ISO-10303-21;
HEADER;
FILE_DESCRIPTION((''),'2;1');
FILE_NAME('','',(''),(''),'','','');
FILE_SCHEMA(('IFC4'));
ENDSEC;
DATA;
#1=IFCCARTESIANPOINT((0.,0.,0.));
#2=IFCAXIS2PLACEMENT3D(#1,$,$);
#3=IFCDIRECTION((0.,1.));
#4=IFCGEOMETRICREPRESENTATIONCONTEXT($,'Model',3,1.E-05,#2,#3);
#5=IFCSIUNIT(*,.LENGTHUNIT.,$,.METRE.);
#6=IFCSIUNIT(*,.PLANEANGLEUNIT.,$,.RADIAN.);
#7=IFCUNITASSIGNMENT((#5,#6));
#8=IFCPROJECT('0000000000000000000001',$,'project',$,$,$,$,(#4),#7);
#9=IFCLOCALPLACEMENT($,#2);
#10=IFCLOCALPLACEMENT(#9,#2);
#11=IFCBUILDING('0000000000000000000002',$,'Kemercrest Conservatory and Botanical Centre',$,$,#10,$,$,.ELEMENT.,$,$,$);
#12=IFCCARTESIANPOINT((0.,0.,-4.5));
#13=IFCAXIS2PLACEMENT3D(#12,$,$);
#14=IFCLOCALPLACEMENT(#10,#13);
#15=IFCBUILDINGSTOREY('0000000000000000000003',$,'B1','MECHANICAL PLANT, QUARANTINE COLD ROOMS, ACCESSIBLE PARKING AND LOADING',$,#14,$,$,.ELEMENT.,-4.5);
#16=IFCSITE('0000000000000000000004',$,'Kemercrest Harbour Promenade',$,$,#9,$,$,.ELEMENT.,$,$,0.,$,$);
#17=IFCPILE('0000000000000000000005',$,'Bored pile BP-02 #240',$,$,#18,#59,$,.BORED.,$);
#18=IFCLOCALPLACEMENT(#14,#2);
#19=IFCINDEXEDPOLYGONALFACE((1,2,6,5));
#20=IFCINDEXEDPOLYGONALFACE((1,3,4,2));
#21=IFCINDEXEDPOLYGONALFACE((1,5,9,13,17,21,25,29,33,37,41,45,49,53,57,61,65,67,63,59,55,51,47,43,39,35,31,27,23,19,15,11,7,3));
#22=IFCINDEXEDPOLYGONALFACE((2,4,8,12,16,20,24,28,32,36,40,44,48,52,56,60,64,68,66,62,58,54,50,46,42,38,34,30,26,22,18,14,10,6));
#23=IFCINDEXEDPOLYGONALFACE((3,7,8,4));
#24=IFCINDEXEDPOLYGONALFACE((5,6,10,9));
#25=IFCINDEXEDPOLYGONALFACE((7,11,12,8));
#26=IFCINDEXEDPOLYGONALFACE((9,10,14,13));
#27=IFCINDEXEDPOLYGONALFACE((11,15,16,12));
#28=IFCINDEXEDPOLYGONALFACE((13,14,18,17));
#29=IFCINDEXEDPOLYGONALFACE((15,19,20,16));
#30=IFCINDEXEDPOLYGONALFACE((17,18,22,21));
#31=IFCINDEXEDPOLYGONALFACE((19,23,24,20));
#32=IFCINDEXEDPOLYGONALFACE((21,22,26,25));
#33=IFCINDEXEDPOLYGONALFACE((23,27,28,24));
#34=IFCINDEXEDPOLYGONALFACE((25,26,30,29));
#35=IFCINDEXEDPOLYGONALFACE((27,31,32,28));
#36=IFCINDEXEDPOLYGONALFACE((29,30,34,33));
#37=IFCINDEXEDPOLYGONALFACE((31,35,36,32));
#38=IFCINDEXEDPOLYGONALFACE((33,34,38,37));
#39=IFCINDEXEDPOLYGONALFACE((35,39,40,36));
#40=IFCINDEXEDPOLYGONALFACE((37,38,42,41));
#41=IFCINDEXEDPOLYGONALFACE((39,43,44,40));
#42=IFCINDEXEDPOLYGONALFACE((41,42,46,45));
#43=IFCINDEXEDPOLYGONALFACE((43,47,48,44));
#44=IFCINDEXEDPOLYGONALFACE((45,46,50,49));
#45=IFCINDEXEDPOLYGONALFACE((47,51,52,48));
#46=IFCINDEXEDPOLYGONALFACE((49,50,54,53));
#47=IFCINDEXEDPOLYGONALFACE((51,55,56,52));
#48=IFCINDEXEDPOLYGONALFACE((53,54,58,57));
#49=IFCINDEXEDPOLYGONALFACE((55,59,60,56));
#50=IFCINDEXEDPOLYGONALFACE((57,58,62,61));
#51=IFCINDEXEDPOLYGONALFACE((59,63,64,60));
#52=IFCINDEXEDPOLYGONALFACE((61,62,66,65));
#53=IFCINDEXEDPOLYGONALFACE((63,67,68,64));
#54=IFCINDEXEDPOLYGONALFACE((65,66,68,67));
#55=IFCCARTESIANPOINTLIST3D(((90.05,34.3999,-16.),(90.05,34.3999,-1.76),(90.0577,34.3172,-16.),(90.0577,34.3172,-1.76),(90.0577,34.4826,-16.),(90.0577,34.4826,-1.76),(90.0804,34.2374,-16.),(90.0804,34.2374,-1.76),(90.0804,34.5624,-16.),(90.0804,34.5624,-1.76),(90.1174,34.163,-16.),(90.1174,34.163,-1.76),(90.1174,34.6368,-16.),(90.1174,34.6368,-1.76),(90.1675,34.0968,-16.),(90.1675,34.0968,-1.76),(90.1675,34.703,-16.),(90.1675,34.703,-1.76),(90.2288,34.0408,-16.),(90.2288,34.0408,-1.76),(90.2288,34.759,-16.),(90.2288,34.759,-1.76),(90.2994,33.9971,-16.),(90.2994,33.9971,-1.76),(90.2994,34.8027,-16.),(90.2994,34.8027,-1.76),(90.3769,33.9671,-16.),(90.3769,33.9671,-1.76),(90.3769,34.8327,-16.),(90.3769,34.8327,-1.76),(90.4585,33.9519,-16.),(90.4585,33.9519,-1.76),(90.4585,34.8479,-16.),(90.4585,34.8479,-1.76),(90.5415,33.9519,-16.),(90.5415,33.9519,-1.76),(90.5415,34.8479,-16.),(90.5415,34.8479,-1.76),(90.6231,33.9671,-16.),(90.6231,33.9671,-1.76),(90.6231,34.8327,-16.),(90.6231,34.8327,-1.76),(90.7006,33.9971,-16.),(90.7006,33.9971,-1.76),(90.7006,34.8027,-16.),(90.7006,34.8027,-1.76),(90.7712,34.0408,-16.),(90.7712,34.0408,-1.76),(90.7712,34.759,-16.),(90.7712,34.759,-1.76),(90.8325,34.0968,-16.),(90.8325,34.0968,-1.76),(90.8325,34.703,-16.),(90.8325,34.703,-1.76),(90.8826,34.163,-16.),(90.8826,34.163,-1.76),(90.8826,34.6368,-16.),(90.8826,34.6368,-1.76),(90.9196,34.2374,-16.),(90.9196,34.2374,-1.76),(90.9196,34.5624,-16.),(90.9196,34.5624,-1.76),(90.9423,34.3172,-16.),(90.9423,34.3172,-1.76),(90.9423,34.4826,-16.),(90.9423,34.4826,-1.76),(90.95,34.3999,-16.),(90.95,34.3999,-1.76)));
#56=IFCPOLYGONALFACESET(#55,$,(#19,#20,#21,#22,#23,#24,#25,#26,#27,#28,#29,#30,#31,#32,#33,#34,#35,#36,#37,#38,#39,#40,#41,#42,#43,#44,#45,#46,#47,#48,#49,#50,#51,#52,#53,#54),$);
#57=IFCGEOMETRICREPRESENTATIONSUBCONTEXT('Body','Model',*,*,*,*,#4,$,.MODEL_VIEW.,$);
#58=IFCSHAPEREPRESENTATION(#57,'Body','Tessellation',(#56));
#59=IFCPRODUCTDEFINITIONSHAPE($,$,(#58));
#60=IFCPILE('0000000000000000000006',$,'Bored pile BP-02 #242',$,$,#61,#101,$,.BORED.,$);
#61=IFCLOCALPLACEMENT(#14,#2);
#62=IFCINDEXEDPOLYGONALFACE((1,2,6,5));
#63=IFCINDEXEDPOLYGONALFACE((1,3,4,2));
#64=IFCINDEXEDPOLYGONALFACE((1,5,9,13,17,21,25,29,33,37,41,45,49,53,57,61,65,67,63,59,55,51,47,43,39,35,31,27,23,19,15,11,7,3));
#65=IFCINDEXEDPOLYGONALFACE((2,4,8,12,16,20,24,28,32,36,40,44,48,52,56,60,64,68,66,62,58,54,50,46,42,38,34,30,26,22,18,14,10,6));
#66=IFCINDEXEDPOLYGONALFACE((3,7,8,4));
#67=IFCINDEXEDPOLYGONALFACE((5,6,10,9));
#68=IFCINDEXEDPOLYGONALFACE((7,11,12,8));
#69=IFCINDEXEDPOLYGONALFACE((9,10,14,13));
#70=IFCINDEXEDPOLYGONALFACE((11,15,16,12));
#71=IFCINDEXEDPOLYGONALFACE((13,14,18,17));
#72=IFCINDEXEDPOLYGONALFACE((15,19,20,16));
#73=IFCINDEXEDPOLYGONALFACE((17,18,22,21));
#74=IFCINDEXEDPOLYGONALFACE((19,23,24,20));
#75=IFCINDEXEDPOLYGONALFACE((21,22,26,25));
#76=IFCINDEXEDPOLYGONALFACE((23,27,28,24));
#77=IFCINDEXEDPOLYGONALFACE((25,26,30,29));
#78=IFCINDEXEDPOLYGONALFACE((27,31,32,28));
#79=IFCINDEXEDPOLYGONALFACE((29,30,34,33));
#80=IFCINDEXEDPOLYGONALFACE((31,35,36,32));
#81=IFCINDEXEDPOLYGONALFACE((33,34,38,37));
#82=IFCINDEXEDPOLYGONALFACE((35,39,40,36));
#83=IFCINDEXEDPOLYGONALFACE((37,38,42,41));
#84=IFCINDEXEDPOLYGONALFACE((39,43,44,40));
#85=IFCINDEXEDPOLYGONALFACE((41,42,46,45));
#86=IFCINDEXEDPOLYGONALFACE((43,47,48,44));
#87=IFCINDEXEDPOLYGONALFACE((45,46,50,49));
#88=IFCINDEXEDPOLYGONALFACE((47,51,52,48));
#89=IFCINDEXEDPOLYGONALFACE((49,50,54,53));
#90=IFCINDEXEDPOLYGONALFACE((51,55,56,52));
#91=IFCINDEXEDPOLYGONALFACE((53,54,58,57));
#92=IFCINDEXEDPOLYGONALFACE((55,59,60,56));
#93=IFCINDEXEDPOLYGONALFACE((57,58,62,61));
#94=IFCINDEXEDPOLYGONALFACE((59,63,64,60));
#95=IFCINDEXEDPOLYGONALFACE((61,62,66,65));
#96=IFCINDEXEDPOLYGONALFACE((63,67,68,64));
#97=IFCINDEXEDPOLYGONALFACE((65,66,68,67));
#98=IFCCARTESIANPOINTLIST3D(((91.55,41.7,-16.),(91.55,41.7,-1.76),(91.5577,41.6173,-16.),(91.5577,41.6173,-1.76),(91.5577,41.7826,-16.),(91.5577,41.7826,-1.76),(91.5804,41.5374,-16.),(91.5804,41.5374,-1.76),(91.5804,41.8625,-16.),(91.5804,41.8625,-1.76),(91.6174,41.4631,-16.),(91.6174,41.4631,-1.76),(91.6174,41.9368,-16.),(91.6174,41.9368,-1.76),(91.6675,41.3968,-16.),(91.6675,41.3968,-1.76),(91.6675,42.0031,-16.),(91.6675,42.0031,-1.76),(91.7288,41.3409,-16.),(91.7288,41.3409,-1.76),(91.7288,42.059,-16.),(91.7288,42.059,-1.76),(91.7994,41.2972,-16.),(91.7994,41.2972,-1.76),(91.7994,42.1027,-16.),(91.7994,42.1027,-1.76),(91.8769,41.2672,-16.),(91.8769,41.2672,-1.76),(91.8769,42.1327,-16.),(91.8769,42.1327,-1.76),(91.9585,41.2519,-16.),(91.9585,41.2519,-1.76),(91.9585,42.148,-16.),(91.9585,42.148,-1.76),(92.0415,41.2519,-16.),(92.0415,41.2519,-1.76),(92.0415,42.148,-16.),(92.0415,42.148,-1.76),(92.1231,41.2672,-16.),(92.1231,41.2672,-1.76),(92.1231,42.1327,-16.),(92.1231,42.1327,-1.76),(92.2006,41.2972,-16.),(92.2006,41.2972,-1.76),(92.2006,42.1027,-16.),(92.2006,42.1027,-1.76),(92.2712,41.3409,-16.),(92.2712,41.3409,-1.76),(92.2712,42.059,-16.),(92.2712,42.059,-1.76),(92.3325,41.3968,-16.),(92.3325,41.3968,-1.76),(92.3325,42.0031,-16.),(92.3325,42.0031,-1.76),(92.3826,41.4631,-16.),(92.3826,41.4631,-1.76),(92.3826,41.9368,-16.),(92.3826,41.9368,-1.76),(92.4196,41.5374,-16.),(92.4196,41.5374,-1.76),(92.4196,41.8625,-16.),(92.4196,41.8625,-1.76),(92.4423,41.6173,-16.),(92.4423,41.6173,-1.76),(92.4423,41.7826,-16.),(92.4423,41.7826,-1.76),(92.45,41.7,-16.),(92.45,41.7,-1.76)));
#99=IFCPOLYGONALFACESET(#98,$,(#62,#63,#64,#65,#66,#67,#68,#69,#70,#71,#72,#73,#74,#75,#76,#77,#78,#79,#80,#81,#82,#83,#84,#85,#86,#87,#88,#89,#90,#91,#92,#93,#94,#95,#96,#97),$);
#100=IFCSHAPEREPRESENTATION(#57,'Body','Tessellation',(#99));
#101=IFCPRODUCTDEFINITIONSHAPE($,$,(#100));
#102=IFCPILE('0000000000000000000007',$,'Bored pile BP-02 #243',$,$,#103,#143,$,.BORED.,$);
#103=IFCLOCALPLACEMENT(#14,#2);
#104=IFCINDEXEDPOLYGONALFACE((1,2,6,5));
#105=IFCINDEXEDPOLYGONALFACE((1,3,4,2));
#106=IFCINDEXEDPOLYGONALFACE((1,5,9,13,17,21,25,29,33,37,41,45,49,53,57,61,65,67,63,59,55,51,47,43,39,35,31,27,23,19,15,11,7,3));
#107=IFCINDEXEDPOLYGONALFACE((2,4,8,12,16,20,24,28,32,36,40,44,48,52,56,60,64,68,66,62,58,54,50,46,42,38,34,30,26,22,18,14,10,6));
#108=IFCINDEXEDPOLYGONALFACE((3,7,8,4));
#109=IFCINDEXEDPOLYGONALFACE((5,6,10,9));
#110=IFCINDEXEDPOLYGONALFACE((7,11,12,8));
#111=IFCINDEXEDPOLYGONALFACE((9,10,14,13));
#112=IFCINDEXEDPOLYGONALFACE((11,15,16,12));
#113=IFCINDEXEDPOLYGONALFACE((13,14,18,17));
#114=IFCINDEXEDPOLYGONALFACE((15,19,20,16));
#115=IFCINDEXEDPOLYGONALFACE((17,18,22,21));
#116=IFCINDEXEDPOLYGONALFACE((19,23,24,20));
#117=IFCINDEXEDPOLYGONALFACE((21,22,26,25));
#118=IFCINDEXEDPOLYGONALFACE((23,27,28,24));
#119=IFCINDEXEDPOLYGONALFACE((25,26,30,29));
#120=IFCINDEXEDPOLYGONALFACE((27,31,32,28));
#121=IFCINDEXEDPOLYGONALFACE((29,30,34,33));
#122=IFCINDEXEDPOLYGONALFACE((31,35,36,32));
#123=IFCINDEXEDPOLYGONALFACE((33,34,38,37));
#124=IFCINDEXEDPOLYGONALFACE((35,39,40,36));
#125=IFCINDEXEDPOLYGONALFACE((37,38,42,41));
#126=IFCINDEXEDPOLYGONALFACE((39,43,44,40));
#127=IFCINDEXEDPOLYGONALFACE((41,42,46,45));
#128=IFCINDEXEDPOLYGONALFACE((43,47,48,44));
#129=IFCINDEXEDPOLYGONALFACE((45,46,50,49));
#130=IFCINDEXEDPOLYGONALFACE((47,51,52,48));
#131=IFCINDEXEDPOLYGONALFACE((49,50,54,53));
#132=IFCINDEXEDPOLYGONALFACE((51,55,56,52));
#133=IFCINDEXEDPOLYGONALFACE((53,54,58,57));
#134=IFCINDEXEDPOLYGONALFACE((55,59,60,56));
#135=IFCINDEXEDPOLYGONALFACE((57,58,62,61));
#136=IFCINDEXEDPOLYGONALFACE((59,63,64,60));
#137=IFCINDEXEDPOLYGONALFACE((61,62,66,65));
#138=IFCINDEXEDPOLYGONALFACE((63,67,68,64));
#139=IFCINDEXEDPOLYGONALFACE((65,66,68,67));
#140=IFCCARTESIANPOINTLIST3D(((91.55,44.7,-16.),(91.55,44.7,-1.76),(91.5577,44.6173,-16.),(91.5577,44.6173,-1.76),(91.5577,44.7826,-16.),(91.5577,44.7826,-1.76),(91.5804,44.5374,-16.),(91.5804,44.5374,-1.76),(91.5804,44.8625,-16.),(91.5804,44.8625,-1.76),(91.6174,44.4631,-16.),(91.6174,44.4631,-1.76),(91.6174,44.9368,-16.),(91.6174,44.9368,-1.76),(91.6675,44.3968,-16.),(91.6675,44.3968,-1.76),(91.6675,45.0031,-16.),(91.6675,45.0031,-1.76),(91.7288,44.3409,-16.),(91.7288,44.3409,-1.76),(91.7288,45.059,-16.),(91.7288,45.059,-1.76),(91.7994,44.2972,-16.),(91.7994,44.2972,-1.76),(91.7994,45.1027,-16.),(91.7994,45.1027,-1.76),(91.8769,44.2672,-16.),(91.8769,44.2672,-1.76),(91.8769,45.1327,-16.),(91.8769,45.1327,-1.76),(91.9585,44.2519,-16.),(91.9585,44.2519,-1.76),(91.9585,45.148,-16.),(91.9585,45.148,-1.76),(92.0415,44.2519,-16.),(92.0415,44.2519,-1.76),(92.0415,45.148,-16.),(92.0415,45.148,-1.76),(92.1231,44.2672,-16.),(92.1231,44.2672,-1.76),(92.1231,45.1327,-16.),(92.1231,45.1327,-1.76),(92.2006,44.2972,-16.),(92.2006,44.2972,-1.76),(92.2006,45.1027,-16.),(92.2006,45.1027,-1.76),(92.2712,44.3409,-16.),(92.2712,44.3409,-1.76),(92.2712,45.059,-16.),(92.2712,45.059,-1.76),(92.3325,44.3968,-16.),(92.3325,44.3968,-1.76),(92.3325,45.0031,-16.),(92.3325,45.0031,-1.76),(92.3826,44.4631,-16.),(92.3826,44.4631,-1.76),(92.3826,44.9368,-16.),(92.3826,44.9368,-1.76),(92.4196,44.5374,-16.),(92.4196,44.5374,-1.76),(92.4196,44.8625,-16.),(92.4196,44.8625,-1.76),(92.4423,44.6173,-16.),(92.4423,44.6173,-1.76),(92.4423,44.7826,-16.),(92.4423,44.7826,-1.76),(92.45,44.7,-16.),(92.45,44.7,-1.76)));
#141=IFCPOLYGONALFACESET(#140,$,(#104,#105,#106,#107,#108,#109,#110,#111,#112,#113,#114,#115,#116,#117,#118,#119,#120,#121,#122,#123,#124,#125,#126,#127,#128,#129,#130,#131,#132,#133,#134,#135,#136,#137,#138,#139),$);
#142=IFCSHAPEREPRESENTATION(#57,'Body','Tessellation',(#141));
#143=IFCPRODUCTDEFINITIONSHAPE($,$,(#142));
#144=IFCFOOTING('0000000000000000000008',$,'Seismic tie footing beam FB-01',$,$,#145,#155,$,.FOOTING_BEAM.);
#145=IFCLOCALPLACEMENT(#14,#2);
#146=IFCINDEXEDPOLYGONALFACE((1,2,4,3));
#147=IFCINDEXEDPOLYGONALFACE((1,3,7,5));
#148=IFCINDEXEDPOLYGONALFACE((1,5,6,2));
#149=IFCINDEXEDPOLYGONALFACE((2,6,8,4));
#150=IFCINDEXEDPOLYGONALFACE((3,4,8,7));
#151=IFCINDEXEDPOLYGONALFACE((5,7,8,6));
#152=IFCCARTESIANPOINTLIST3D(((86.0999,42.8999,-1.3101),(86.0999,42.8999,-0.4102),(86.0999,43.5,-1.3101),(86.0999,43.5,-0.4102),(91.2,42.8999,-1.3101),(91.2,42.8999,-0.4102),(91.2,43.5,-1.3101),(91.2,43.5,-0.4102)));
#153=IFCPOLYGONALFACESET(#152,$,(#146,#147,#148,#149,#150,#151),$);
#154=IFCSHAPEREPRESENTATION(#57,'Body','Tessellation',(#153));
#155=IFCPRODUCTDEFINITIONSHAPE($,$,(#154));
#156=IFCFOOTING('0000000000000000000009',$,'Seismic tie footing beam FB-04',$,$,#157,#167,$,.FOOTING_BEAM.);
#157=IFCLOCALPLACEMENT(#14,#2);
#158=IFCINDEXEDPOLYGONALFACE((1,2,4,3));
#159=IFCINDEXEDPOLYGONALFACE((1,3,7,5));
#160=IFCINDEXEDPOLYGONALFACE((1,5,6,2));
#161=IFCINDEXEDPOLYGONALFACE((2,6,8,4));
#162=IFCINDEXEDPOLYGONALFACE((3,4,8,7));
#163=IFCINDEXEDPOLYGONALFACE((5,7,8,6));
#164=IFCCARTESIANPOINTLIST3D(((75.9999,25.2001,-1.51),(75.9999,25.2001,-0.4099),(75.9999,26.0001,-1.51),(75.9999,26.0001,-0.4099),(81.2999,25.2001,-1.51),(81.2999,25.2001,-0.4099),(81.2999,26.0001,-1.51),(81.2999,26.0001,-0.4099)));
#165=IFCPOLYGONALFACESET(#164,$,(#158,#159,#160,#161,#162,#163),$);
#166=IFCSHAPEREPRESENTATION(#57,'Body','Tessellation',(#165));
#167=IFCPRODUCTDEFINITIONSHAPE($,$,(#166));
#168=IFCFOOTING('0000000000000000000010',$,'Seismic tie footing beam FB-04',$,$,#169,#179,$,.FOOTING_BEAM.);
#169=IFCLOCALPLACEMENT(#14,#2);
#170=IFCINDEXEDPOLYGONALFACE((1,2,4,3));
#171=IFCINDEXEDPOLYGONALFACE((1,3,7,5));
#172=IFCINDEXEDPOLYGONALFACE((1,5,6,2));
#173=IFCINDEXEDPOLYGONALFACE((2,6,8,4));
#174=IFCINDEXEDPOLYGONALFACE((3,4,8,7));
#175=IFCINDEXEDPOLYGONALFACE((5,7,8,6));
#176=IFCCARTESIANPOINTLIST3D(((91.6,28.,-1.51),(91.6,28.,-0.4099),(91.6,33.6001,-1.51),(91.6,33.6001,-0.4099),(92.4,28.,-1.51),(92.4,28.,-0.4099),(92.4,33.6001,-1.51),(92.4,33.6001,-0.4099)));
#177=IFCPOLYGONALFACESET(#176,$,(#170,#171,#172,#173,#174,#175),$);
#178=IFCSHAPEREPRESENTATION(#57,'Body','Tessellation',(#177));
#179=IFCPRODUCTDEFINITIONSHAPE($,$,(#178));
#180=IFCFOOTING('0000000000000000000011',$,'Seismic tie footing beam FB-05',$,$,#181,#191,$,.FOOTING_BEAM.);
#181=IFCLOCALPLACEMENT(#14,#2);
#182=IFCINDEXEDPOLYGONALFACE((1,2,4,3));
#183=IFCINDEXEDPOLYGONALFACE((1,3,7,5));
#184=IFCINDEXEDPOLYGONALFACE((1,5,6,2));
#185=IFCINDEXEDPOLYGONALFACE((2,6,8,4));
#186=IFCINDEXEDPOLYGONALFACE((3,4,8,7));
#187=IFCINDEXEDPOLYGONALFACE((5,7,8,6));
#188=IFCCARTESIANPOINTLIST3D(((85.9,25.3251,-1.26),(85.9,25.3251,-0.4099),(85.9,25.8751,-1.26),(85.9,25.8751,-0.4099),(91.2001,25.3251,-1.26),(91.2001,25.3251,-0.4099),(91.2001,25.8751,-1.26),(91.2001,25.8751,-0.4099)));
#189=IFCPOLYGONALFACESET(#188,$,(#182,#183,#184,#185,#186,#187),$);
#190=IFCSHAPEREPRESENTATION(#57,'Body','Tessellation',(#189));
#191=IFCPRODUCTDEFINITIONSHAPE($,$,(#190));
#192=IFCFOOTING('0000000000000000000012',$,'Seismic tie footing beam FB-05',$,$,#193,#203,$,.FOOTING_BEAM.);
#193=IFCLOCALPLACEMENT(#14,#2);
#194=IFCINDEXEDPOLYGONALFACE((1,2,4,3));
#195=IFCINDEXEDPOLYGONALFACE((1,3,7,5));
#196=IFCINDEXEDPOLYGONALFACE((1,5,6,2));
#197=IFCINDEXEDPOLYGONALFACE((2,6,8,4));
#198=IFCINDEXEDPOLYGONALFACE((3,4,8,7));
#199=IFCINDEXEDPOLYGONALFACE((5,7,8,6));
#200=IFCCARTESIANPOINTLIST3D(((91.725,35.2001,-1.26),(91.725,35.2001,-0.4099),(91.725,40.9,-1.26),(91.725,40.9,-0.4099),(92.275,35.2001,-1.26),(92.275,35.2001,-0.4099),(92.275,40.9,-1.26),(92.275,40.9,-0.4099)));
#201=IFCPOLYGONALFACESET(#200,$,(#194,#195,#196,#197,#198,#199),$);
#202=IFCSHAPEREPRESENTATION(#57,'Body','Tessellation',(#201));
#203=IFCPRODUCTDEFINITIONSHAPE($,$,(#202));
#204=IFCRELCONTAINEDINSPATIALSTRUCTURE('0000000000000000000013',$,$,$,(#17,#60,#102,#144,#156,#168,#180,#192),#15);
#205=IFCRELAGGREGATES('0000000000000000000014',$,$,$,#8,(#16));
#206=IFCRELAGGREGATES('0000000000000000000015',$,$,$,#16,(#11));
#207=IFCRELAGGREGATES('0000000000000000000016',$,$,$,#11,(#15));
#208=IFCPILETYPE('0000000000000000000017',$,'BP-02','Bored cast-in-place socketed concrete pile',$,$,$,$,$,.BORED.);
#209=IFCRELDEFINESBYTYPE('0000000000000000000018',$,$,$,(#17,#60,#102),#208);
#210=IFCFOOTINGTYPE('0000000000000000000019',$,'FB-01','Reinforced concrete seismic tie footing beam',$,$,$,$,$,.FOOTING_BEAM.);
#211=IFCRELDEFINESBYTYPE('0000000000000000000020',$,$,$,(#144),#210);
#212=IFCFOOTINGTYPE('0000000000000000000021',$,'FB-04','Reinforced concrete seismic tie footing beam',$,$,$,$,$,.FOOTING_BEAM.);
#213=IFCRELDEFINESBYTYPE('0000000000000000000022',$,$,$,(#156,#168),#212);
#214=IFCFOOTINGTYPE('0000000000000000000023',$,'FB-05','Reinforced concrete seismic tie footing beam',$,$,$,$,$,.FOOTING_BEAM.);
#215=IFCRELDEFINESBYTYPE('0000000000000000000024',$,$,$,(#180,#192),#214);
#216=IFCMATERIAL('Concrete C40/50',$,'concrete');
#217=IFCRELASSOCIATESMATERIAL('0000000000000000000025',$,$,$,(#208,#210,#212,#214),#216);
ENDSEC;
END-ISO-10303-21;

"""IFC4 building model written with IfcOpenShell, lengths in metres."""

from ifc_helpers import new_model, si_unit, direction, frame, origin, origin_2d, place, context, subcontext, project, spatial, rectangle, circle, extrude, material, material_profile, profile_set, type_object, element, save


model = new_model("IFC4")

# Units and contexts
model_context = context("Model", 3, precision=1e-05, world=origin(), true_north=direction((0.0, 1.0)))
body_context = subcontext(model_context, "Body", "Model", "MODEL_VIEW")
ifc_project = project(units=[si_unit("LENGTHUNIT", "METRE"), si_unit("PLANEANGLEUNIT", "RADIAN")], contexts=[model_context])

# Site, building, storey
site_placement = place(None, origin())
site = spatial("IfcSite", under=ifc_project, at=site_placement, Name="Kemercrest Harbour Promenade", CompositionType="ELEMENT", RefElevation=0.0)
building_placement = place(site_placement, origin())
building = spatial("IfcBuilding", under=site, at=building_placement, Name="Kemercrest Conservatory and Botanical Centre", CompositionType="ELEMENT")
storey_placement = place(building_placement, frame((0.0, 0.0, -4.5)))
storey = spatial("IfcBuildingStorey", under=building, at=storey_placement, Name="B1", Description="MECHANICAL PLANT, QUARANTINE COLD ROOMS, ACCESSIBLE PARKING AND LOADING", CompositionType="ELEMENT", Elevation=-4.5)

# Piles
ifc_material_1 = material(Name="Concrete C40/50", Category="concrete")
ifc_material_profile_1 = material_profile(ifc_material_1, circle(Radius=0.45, at=origin_2d()), Name="BORED PILE 900")
ifc_profile_set_1 = profile_set([ifc_material_profile_1], Name="Concrete C40/50")
pile_type_1 = type_object("IfcPileType", Name="BP-02", Description="Bored cast-in-place socketed concrete pile", PredefinedType="BORED", material=ifc_profile_set_1)
for number, where, z_axis, x_axis, name in (
    (1, (90.5, 34.3999, -1.76), (0.0, 0.0, -1.0), (1.0, 0.0, 0.0), "Bored pile BP-02 #240"),
    (2, (92.0, 41.7, -1.76), (0.0, 0.0, -1.0), (1.0, 0.0, 0.0), "Bored pile BP-02 #242"),
    (3, (92.0, 44.7, -1.76), (0.0, 0.0, -1.0), (1.0, 0.0, 0.0), "Bored pile BP-02 #243"),
):
    element("IfcPile", number, at=place(storey_placement, frame(where, z_axis=z_axis, x_axis=x_axis)), inside=storey, type_object=pile_type_1, Name=name, PredefinedType="BORED", context=body_context, shape_type="SweptSolid", body=[
        extrude(circle(Radius=0.45, at=origin_2d()), origin(), (0.0, 0.0, 1.0), 14.24),
    ])

# Footings
footing_type_1 = type_object("IfcFootingType", Name="FB-01", Description="Reinforced concrete seismic tie footing beam", PredefinedType="FOOTING_BEAM", material=ifc_material_1)
footing_1_placement = place(storey_placement, frame((88.6499, 43.2, -1.3101), z_axis=(0.0, 0.0, 1.0), x_axis=(1.0, 0.0, 0.0)))
element("IfcFooting", 4, at=footing_1_placement, inside=storey, type_object=footing_type_1, Name="Seismic tie footing beam FB-01", PredefinedType="FOOTING_BEAM", context=body_context, shape_type="SweptSolid", body=[
    extrude(rectangle(XDim=5.1001, YDim=0.6001, at=origin_2d()), origin(), (0.0, 0.0, 1.0), 0.8999),
])
footing_type_2 = type_object("IfcFootingType", Name="FB-04", Description="Reinforced concrete seismic tie footing beam", PredefinedType="FOOTING_BEAM", material=ifc_material_1)
footing_2_placement = place(storey_placement, frame((78.6499, 25.6001, -1.51), z_axis=(0.0, 0.0, 1.0), x_axis=(1.0, 0.0, 0.0)))
element("IfcFooting", 5, at=footing_2_placement, inside=storey, type_object=footing_type_2, Name="Seismic tie footing beam FB-04", PredefinedType="FOOTING_BEAM", context=body_context, shape_type="SweptSolid", body=[
    extrude(rectangle(XDim=5.3, YDim=0.8, at=origin_2d()), origin(), (0.0, 0.0, 1.0), 1.1001),
])
footing_3_placement = place(storey_placement, frame((92.0, 30.8, -1.51), z_axis=(0.0, 0.0, 1.0), x_axis=(1.0, 0.0, 0.0)))
element("IfcFooting", 6, at=footing_3_placement, inside=storey, type_object=footing_type_2, Name="Seismic tie footing beam FB-04", PredefinedType="FOOTING_BEAM", context=body_context, shape_type="SweptSolid", body=[
    extrude(rectangle(XDim=0.8, YDim=5.6001, at=origin_2d()), origin(), (0.0, 0.0, 1.0), 1.1001),
])
footing_type_3 = type_object("IfcFootingType", Name="FB-05", Description="Reinforced concrete seismic tie footing beam", PredefinedType="FOOTING_BEAM", material=ifc_material_1)
footing_4_placement = place(storey_placement, frame((88.55, 25.6001, -1.26), z_axis=(0.0, 0.0, 1.0), x_axis=(1.0, 0.0, 0.0)))
element("IfcFooting", 7, at=footing_4_placement, inside=storey, type_object=footing_type_3, Name="Seismic tie footing beam FB-05", PredefinedType="FOOTING_BEAM", context=body_context, shape_type="SweptSolid", body=[
    extrude(rectangle(XDim=5.3, YDim=0.55, at=origin_2d()), origin(), (0.0, 0.0, 1.0), 0.8501),
])
footing_5_placement = place(storey_placement, frame((92.0, 38.05, -1.26), z_axis=(0.0, 0.0, 1.0), x_axis=(1.0, 0.0, 0.0)))
element("IfcFooting", 8, at=footing_5_placement, inside=storey, type_object=footing_type_3, Name="Seismic tie footing beam FB-05", PredefinedType="FOOTING_BEAM", context=body_context, shape_type="SweptSolid", body=[
    extrude(rectangle(XDim=0.55, YDim=5.7, at=origin_2d()), origin(), (0.0, 0.0, 1.0), 0.8501),
])

save(model, "model.ifc")
